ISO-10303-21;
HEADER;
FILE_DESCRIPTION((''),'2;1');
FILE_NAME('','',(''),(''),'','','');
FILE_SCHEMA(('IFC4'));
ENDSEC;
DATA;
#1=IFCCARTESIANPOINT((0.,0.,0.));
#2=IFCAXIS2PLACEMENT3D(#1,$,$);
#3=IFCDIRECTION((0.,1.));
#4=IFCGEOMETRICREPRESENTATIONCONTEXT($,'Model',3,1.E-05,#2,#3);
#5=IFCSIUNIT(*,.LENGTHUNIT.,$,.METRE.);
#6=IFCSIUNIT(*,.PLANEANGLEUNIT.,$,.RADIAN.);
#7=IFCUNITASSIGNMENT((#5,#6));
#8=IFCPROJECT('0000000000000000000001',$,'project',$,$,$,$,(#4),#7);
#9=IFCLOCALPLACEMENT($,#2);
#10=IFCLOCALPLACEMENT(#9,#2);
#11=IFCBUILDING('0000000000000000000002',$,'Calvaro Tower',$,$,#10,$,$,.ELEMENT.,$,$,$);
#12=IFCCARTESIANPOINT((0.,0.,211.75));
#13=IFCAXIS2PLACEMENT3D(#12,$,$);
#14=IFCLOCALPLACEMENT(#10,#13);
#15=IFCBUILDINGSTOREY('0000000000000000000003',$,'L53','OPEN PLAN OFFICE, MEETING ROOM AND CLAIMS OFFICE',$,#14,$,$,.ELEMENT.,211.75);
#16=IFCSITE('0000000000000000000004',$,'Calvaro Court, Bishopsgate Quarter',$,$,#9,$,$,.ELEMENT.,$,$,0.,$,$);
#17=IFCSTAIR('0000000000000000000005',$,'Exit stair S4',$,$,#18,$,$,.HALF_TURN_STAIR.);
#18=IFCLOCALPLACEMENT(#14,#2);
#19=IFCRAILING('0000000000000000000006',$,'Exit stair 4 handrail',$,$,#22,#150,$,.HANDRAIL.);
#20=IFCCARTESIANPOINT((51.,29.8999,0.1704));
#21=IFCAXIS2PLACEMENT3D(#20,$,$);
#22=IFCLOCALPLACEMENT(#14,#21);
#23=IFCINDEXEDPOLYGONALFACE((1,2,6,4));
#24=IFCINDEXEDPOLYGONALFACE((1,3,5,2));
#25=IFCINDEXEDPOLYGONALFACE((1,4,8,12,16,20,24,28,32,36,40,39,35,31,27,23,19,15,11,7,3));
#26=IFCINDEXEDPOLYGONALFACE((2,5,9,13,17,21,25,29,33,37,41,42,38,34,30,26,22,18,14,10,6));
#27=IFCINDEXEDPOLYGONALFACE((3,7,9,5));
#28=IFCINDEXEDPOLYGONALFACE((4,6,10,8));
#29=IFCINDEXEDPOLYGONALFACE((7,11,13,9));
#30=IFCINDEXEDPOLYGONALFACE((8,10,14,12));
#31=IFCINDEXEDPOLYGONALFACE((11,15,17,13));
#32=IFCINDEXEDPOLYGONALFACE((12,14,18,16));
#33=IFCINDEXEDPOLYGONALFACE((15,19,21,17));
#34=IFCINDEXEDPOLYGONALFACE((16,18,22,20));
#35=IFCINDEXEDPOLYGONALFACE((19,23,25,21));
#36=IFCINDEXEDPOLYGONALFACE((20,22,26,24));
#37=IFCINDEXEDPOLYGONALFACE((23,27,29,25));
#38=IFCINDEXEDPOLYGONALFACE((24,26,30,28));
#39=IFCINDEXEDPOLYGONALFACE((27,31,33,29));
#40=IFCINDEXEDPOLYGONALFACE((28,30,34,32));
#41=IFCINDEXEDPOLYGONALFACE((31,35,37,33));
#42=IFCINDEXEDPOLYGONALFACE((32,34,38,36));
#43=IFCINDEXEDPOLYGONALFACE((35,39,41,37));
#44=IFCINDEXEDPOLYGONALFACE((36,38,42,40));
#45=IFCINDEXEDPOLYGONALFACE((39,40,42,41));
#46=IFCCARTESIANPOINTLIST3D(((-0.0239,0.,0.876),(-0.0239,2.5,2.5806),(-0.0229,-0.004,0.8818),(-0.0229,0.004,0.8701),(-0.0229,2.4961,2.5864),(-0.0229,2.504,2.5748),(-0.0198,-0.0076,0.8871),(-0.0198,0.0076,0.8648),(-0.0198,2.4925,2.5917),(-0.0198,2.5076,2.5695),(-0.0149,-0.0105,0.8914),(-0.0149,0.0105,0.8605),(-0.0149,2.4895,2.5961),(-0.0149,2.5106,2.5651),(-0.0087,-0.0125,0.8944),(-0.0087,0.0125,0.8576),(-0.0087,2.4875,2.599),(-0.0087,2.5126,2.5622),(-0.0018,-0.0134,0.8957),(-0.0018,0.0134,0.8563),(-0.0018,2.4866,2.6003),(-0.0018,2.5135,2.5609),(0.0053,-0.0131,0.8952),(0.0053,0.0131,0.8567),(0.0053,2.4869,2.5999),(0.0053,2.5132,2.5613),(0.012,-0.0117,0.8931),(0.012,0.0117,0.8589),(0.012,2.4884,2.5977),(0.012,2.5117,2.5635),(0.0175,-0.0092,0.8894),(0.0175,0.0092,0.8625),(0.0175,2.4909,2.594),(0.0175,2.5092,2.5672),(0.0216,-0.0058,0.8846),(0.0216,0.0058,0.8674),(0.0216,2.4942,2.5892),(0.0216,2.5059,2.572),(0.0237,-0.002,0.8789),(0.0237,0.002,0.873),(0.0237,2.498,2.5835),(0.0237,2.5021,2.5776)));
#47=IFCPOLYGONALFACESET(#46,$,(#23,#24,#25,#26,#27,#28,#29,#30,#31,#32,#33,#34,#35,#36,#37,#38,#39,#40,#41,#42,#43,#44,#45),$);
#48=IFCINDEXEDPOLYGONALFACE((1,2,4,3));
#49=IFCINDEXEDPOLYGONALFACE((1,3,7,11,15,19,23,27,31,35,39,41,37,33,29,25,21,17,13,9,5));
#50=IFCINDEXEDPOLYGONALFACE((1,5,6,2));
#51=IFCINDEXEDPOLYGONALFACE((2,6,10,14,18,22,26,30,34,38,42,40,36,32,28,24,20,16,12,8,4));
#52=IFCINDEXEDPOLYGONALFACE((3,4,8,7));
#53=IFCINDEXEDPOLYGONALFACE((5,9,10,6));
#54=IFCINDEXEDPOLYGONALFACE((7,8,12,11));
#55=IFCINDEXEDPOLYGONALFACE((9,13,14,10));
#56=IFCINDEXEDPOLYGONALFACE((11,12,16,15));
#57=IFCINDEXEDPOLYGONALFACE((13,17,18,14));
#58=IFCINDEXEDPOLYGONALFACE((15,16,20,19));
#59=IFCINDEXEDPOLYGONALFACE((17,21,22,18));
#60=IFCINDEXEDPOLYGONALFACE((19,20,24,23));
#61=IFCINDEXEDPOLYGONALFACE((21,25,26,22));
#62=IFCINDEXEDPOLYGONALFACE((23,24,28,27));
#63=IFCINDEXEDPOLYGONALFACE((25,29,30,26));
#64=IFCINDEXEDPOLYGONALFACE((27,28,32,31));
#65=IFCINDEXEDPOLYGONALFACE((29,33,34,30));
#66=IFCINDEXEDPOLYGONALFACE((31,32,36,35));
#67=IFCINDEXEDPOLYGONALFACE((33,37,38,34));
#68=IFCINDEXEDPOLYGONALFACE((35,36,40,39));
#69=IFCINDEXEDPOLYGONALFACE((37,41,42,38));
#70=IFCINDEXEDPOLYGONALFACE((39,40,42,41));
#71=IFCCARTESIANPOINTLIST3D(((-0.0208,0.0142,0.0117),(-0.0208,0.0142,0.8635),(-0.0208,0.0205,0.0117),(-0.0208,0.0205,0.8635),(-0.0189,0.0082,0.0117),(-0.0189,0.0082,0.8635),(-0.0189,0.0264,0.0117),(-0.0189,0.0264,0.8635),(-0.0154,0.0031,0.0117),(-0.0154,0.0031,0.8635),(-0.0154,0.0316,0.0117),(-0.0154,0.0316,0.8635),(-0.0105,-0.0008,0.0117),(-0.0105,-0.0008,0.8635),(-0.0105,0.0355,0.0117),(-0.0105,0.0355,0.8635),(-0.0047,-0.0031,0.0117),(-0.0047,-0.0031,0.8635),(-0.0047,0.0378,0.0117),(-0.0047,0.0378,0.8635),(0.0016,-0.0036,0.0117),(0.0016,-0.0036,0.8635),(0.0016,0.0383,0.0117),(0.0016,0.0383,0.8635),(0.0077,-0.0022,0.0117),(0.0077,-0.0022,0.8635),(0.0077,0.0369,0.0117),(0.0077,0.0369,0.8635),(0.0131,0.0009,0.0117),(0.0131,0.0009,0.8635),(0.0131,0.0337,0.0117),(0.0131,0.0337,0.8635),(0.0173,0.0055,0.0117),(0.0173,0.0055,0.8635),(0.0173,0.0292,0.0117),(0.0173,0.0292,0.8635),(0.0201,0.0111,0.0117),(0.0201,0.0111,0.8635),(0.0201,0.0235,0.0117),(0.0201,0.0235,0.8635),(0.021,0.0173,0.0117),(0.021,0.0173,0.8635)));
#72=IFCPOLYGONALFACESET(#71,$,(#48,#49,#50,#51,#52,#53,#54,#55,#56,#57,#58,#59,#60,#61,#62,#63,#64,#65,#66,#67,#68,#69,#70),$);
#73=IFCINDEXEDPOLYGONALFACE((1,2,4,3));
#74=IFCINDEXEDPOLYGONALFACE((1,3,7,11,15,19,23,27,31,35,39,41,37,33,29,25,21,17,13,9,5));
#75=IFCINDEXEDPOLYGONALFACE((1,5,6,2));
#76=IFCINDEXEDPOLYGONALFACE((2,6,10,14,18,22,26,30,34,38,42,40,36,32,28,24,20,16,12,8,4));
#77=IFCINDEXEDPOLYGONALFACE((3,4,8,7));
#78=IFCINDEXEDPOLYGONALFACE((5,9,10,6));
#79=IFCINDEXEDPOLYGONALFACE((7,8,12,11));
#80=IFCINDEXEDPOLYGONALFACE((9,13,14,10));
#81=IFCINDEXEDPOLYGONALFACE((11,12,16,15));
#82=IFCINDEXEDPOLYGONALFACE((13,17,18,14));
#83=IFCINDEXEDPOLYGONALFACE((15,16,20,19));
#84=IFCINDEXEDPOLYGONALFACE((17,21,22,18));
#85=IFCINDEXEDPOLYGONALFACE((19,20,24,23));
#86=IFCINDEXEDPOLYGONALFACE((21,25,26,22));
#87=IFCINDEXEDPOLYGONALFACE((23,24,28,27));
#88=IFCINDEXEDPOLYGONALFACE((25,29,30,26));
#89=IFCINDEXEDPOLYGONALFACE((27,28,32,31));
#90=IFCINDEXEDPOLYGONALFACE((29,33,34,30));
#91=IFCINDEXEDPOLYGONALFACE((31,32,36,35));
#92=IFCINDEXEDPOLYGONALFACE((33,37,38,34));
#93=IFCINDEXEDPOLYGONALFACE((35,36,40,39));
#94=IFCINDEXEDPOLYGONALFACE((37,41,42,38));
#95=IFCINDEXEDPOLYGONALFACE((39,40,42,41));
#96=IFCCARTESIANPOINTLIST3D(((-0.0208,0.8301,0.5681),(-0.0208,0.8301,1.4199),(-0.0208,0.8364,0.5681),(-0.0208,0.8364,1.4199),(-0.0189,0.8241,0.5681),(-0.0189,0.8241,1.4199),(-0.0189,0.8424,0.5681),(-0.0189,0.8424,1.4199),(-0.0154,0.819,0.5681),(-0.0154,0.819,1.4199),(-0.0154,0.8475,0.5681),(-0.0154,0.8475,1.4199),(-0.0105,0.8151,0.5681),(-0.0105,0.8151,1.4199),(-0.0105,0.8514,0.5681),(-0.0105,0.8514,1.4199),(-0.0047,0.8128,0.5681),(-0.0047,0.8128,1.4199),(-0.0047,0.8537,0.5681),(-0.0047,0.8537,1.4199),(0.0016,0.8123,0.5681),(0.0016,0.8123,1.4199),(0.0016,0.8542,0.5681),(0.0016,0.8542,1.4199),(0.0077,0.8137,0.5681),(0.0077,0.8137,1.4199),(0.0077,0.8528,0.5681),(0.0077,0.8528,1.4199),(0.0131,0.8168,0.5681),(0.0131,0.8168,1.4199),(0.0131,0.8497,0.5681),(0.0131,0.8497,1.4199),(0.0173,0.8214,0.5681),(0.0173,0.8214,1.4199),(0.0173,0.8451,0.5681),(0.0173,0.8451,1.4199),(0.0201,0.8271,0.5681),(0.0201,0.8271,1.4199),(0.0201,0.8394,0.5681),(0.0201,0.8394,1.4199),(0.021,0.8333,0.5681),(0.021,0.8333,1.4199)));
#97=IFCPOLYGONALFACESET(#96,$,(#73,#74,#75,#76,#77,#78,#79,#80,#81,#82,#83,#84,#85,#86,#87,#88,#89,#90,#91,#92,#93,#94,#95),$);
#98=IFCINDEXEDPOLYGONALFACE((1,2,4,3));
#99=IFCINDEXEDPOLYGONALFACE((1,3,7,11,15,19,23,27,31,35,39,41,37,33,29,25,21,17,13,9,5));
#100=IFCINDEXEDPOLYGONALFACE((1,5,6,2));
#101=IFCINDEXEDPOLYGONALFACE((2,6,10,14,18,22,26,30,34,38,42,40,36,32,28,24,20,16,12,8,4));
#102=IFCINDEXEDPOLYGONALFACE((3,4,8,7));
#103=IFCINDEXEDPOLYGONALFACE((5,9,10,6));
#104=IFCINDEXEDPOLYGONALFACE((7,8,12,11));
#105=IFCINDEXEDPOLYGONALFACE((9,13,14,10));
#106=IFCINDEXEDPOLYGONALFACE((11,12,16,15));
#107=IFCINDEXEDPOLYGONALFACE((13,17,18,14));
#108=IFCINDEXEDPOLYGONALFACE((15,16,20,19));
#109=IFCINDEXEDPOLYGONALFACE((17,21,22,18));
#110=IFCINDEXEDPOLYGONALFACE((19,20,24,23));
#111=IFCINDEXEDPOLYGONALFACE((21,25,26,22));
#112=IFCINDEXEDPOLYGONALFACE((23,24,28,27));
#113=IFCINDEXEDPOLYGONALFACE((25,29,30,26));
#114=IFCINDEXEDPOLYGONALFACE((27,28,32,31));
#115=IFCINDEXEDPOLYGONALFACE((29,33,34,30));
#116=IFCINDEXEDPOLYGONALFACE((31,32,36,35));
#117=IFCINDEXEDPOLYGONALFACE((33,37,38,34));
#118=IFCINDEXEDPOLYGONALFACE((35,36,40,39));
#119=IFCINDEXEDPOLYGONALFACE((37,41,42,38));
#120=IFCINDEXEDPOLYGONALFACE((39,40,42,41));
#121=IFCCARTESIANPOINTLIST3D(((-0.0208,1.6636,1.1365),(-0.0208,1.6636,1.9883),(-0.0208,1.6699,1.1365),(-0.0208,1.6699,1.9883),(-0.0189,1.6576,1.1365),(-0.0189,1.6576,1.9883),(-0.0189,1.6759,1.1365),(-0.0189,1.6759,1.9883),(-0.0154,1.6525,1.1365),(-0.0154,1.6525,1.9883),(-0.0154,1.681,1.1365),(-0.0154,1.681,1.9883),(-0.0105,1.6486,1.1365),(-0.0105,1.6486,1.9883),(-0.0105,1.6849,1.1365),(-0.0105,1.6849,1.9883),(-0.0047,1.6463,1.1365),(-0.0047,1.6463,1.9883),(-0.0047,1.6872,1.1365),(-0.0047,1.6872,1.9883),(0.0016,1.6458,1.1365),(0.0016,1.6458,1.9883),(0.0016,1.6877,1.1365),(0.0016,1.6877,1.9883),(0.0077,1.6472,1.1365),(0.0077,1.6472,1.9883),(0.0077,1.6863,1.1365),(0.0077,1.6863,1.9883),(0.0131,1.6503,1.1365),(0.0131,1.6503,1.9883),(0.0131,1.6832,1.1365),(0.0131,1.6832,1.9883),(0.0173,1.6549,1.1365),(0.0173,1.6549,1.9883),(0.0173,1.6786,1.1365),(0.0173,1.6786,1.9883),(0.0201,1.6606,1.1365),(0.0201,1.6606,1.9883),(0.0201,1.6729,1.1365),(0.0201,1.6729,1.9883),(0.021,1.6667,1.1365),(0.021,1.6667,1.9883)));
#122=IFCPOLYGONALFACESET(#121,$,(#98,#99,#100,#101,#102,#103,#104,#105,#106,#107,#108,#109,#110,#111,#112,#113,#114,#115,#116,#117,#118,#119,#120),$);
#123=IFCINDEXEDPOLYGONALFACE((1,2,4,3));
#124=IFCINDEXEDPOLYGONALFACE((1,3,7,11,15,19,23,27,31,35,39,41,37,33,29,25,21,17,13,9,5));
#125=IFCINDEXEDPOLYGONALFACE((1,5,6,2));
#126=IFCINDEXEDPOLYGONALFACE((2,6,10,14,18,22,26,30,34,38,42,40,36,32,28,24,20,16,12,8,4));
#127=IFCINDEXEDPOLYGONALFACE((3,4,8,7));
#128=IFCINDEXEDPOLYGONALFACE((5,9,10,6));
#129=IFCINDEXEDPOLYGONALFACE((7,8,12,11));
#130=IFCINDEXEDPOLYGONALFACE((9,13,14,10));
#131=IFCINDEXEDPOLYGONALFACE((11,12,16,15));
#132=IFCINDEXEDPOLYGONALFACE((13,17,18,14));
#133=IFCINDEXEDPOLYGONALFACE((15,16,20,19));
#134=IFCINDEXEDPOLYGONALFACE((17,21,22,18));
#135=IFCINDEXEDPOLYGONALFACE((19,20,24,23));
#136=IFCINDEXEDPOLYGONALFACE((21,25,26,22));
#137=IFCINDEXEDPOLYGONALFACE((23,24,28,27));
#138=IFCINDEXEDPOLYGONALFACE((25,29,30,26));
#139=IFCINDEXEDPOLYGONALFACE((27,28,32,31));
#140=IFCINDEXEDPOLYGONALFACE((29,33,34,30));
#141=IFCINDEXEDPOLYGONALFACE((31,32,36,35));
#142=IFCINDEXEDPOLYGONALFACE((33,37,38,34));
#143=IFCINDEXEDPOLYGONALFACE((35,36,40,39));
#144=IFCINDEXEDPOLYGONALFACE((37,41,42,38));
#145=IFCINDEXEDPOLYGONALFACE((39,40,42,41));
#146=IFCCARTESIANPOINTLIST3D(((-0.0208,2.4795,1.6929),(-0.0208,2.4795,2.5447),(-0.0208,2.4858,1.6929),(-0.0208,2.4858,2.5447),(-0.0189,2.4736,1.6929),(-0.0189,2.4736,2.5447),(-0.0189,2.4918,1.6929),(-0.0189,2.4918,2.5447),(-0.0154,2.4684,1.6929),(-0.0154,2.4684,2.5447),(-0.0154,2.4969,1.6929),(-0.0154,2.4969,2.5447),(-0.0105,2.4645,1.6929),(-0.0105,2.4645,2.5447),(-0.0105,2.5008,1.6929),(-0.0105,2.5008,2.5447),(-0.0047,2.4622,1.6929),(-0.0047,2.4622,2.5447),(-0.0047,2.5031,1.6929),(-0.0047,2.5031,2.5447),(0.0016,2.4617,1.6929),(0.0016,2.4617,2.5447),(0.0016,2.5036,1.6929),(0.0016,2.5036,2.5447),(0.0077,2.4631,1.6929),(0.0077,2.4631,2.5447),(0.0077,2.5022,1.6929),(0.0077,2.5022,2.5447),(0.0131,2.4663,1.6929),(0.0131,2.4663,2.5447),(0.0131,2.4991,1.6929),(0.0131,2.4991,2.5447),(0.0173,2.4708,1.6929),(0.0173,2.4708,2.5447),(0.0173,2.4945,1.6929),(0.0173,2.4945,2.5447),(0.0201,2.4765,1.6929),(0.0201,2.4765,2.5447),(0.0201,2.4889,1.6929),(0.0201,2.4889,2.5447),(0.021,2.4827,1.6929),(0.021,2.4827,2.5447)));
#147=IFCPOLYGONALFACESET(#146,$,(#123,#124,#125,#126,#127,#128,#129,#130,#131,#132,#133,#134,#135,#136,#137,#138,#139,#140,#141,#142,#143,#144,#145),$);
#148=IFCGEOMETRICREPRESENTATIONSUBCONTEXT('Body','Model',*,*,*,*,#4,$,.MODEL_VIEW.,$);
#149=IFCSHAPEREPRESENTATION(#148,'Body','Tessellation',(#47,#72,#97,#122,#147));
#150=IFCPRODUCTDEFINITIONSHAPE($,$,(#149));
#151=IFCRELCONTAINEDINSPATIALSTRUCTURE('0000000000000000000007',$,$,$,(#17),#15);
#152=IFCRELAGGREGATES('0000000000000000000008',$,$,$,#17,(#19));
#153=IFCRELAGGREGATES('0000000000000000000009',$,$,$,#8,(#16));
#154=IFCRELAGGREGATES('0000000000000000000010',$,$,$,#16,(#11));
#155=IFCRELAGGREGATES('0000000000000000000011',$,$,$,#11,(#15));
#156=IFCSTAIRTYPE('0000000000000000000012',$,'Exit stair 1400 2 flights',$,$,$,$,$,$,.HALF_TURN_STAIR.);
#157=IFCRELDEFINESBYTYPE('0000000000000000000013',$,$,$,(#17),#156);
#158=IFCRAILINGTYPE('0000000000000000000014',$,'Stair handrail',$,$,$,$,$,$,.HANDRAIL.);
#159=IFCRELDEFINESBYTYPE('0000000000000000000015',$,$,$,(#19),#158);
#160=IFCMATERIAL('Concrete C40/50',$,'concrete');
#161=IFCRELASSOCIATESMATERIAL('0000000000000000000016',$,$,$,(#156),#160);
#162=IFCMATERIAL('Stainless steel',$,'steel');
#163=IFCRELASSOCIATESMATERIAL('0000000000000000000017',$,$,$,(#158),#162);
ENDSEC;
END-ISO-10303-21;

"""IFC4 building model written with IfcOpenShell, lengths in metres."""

from ifc_helpers import new_model, si_unit, direction, frame, origin, origin_2d, place, context, subcontext, project, spatial, circle, extrude, material, type_object, element, aggregate, save


model = new_model("IFC4")

# Units and contexts
model_context = context("Model", 3, precision=1e-05, world=origin(), true_north=direction((0.0, 1.0)))
body_context = subcontext(model_context, "Body", "Model", "MODEL_VIEW")
ifc_project = project(units=[si_unit("LENGTHUNIT", "METRE"), si_unit("PLANEANGLEUNIT", "RADIAN")], contexts=[model_context])

# Site, building, storey
site_placement = place(None, origin())
site = spatial("IfcSite", under=ifc_project, at=site_placement, Name="Calvaro Court, Bishopsgate Quarter", CompositionType="ELEMENT", RefElevation=0.0)
building_placement = place(site_placement, origin())
building = spatial("IfcBuilding", under=site, at=building_placement, Name="Calvaro Tower", CompositionType="ELEMENT")
storey_placement = place(building_placement, frame((0.0, 0.0, 211.75)))
storey = spatial("IfcBuildingStorey", under=building, at=storey_placement, Name="L53", Description="OPEN PLAN OFFICE, MEETING ROOM AND CLAIMS OFFICE", CompositionType="ELEMENT", Elevation=211.75)

# Stair
ifc_material_1 = material(Name="Concrete C40/50", Category="concrete")
stair_type = type_object("IfcStairType", Name="Exit stair 1400 2 flights", PredefinedType="HALF_TURN_STAIR", material=ifc_material_1)
stair_1_placement = place(storey_placement, origin())
stair_1 = element("IfcStair", 1, at=stair_1_placement, inside=storey, type_object=stair_type, Name="Exit stair S4", PredefinedType="HALF_TURN_STAIR")

# Railing
ifc_material_2 = material(Name="Stainless steel", Category="steel")
railing_type = type_object("IfcRailingType", Name="Stair handrail", PredefinedType="HANDRAIL", material=ifc_material_2)
railing_1_placement = place(storey_placement, frame((51.0, 29.8999, 0.1704)))
railing_1 = element("IfcRailing", 2, at=railing_1_placement, type_object=railing_type, Name="Exit stair 4 handrail", PredefinedType="HANDRAIL", context=body_context, shape_type="SweptSolid", body=[
    extrude(circle(Radius=0.0239, at=origin_2d()), frame((0.0, 0.0, 0.876), z_axis=(0.0, 0.826221, 0.563347), x_axis=(-1.0, 0.0, 0.0)), (0.0, 0.0, 1.0), 3.0259),
    extrude(circle(Radius=0.021, at=origin_2d()), frame((0.0, 0.0173, 0.0117)), (0.0, 0.0, 1.0), 0.8518),
    extrude(circle(Radius=0.021, at=origin_2d()), frame((0.0, 0.8333, 0.5681)), (0.0, 0.0, 1.0), 0.8518),
    extrude(circle(Radius=0.021, at=origin_2d()), frame((0.0, 1.6667, 1.1365)), (0.0, 0.0, 1.0), 0.8518),
    extrude(circle(Radius=0.021, at=origin_2d()), frame((0.0, 2.4827, 1.6929)), (0.0, 0.0, 1.0), 0.8518),
])
aggregate(stair_1, [railing_1])

save(model, "model.ifc")
